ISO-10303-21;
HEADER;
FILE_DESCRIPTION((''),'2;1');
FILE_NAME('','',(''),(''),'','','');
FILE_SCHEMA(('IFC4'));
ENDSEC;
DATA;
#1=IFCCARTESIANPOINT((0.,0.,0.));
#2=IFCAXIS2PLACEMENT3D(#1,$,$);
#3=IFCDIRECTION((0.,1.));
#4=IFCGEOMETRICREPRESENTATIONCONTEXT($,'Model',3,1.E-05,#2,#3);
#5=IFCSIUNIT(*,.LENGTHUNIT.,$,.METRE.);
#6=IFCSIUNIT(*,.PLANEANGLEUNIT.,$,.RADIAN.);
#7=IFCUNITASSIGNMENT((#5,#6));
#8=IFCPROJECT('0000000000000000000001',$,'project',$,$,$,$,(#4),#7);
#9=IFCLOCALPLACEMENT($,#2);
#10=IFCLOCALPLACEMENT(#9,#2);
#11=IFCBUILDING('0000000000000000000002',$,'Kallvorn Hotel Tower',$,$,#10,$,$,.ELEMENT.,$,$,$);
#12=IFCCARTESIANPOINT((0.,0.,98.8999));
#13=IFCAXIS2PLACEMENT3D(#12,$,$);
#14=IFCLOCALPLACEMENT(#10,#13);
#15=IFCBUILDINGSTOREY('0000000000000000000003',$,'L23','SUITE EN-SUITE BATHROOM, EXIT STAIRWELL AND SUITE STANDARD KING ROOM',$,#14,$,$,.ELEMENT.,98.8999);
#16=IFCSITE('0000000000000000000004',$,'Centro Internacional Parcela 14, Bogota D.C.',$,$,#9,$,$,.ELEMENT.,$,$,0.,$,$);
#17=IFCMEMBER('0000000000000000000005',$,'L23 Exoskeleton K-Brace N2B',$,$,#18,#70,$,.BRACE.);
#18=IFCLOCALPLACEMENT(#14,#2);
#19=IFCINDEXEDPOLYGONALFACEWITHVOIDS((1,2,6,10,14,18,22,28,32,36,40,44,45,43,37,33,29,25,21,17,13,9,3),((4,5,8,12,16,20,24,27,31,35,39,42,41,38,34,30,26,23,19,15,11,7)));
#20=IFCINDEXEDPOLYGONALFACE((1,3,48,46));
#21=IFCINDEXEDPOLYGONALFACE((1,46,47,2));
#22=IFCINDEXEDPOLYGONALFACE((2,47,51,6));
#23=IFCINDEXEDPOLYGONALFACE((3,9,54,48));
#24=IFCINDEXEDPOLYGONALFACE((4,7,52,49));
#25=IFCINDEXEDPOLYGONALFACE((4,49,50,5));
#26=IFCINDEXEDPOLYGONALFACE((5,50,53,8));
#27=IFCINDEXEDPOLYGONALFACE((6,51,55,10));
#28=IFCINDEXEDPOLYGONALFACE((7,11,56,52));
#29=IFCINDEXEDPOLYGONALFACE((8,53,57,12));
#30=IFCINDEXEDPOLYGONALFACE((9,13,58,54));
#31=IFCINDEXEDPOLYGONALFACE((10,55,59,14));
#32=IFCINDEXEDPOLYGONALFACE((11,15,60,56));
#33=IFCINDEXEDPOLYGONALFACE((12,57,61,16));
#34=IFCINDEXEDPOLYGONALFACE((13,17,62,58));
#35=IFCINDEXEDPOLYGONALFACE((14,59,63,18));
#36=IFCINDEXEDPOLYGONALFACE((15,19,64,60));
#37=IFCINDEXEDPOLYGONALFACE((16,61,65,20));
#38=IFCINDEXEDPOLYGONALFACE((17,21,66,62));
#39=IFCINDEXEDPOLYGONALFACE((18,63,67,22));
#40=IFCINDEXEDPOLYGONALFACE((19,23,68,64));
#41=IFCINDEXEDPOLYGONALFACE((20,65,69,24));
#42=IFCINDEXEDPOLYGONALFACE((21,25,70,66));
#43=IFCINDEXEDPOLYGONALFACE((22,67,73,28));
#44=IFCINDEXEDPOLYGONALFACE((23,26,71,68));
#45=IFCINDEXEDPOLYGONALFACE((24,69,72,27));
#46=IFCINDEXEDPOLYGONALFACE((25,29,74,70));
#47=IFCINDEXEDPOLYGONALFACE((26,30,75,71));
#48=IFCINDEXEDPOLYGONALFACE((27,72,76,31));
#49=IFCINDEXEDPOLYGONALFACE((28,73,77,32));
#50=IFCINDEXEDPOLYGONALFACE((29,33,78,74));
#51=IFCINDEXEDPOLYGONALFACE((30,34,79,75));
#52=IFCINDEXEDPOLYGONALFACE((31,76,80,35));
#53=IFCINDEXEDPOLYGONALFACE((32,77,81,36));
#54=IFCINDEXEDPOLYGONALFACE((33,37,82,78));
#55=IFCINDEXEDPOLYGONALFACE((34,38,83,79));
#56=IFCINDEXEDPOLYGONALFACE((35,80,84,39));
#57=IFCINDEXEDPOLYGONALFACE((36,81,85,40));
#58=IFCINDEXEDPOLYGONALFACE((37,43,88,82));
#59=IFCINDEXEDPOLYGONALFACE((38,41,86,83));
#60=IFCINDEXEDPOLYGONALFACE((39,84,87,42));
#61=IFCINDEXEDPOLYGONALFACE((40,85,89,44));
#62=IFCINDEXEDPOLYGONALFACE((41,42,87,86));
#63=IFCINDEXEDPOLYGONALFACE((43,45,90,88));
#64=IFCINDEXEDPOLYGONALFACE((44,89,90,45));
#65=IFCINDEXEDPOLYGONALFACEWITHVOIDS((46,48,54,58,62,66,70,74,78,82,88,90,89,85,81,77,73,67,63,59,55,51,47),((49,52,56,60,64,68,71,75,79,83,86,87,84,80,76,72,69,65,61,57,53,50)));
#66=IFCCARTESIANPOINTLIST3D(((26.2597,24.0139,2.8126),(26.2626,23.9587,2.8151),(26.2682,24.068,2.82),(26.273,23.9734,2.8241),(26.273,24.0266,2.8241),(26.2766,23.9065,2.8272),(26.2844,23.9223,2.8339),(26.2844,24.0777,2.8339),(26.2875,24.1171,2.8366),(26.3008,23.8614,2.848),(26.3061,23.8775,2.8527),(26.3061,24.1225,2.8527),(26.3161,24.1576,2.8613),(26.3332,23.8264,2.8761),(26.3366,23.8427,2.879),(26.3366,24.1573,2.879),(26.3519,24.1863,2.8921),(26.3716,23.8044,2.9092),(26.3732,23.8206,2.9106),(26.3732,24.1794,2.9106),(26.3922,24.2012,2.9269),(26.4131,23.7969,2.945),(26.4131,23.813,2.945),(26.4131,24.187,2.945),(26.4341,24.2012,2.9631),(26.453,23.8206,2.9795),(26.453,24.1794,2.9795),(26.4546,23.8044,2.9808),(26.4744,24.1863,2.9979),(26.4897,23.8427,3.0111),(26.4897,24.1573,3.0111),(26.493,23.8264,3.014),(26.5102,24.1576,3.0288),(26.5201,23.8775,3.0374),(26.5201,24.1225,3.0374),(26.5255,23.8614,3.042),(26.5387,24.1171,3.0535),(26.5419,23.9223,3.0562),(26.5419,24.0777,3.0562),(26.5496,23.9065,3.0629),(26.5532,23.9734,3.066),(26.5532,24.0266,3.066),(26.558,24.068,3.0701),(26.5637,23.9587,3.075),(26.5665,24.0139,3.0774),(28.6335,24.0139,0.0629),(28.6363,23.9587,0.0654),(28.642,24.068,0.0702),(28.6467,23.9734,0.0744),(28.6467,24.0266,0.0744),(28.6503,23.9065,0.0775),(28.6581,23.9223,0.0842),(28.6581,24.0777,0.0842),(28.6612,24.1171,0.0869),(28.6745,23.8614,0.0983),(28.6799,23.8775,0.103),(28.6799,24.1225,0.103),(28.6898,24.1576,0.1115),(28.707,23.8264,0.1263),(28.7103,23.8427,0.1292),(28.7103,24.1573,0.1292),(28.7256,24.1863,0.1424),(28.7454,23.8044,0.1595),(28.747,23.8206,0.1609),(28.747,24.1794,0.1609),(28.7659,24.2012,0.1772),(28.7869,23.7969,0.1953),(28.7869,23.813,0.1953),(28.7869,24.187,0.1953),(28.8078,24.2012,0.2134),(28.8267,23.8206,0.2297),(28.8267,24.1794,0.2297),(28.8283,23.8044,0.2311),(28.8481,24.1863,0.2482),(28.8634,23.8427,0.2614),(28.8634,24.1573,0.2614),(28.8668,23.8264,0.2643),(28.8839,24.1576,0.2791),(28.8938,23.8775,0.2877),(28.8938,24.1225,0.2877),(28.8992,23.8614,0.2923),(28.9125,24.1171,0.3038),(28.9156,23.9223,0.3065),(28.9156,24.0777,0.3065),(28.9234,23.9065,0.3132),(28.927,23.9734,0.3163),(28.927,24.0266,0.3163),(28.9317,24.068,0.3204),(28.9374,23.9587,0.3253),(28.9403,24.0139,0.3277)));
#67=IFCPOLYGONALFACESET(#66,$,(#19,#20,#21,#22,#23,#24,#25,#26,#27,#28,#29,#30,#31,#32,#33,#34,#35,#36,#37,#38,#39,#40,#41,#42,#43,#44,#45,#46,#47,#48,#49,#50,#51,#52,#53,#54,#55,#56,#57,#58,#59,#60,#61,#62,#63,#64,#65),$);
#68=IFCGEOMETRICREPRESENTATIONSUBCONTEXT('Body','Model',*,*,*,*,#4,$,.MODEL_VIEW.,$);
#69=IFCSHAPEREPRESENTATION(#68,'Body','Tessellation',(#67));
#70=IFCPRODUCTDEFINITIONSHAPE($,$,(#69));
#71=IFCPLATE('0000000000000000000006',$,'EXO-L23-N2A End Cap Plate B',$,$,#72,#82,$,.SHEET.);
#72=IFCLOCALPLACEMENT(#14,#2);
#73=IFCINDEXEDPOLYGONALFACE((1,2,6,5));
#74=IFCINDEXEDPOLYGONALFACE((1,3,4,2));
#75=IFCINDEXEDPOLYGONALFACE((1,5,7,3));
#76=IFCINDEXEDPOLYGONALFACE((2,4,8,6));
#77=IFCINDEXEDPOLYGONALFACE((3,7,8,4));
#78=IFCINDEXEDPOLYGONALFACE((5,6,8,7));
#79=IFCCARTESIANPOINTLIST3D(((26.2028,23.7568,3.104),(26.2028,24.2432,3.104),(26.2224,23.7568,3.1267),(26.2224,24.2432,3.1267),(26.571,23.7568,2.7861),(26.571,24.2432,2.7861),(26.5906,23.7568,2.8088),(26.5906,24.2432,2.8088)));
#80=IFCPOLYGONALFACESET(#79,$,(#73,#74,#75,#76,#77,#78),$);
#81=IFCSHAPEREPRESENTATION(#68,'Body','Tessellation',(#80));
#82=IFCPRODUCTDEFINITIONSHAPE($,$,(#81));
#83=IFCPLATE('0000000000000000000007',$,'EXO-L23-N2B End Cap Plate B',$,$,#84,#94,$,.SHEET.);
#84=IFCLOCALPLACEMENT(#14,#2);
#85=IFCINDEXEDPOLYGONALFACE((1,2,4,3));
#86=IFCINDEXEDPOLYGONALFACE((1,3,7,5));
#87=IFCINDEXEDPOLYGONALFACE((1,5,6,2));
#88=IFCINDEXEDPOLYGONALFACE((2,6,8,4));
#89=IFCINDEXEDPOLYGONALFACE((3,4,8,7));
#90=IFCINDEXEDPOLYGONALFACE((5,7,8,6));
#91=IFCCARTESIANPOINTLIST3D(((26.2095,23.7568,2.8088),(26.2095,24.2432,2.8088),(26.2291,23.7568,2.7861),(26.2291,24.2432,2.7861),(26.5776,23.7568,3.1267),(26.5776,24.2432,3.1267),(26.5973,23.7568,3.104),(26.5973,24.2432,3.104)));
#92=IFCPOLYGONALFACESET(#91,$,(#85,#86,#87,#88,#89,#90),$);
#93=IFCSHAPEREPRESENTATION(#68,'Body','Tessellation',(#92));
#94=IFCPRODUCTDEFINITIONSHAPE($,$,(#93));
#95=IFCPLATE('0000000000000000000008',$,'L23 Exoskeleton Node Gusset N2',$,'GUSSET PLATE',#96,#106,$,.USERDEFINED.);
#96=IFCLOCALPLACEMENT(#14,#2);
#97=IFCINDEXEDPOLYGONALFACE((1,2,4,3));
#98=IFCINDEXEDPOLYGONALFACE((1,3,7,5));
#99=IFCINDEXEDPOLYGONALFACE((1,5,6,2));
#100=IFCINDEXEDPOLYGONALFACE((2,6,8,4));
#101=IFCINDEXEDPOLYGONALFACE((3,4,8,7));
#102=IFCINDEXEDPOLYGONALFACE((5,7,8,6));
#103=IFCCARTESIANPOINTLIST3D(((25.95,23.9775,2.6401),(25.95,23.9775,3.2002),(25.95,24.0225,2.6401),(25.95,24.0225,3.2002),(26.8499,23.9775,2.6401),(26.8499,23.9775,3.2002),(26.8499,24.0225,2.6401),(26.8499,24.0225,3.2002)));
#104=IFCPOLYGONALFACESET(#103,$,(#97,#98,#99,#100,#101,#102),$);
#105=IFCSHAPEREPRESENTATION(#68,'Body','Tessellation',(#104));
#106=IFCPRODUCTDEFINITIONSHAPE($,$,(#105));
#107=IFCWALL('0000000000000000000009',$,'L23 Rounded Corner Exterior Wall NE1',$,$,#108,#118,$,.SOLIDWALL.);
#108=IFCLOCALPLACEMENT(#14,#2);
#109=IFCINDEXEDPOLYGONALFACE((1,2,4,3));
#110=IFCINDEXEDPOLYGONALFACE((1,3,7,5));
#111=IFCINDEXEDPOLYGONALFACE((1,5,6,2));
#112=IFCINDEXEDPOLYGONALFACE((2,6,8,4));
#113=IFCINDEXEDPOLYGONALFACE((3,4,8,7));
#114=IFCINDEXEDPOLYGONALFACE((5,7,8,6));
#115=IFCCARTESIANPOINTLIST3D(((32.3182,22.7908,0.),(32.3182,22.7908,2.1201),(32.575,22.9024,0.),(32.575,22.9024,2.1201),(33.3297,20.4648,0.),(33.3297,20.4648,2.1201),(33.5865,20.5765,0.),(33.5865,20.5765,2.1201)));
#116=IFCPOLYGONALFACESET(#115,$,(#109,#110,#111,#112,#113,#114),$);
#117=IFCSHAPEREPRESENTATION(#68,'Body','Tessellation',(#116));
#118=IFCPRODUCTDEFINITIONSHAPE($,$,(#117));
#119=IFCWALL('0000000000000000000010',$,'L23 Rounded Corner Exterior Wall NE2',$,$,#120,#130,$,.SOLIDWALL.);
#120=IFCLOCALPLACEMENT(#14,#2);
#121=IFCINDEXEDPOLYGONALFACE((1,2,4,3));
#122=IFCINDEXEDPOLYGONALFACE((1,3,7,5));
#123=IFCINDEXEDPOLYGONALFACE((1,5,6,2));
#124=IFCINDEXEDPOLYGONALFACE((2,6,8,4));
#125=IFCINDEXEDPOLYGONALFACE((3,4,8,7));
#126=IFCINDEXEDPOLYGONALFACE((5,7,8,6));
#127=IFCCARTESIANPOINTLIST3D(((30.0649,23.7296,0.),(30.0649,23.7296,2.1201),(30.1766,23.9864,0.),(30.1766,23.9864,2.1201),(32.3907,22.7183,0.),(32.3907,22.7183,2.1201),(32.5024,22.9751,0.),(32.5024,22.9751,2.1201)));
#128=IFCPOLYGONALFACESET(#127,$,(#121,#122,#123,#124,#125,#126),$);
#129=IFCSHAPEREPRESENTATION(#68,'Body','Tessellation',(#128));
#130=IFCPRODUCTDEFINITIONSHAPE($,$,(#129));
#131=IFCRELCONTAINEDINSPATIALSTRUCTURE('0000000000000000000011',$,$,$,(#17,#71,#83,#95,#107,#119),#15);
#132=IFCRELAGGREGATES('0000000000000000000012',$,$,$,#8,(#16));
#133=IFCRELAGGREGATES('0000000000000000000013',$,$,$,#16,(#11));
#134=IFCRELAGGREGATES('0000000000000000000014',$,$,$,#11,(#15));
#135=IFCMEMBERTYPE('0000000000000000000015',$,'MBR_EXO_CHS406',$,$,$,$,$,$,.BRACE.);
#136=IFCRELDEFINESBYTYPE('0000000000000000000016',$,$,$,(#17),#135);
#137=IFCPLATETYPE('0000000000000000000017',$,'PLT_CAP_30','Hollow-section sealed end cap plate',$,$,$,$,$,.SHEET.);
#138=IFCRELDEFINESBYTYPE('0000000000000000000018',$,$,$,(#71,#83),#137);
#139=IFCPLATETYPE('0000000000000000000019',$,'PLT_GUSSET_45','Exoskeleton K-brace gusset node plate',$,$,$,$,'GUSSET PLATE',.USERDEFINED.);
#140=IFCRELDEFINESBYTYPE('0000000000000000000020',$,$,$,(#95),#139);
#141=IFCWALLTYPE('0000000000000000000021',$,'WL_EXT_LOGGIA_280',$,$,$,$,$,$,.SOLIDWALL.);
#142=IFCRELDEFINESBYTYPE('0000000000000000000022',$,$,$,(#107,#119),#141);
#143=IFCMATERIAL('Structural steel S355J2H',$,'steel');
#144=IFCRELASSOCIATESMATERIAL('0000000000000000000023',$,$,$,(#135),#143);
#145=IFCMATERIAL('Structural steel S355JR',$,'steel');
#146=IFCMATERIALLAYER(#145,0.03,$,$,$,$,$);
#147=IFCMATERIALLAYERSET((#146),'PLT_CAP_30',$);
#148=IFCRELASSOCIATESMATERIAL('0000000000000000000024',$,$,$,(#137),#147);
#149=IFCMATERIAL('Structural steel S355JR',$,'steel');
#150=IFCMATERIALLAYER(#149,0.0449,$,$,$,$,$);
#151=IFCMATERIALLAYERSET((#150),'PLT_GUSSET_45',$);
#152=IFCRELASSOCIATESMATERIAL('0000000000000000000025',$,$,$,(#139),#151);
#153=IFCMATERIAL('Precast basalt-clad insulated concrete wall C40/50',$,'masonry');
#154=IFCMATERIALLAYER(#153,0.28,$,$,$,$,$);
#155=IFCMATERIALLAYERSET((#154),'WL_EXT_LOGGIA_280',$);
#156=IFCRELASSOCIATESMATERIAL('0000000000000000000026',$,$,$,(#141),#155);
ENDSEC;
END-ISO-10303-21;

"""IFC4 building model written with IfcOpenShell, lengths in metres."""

from ifc_helpers import new_model, si_unit, direction, frame, frame_2d, origin, origin_2d, place, context, subcontext, project, spatial, polyline, rectangle, hollow_circle, outline, extrude, material, layer, layer_set, material_profile, profile_set, type_object, element, save


model = new_model("IFC4")

# Units and contexts
model_context = context("Model", 3, precision=1e-05, world=origin(), true_north=direction((0.0, 1.0)))
body_context = subcontext(model_context, "Body", "Model", "MODEL_VIEW")
ifc_project = project(units=[si_unit("LENGTHUNIT", "METRE"), si_unit("PLANEANGLEUNIT", "RADIAN")], contexts=[model_context])

# Site, building, storey
site_placement = place(None, origin())
site = spatial("IfcSite", under=ifc_project, at=site_placement, Name="Centro Internacional Parcela 14, Bogota D.C.", CompositionType="ELEMENT", RefElevation=0.0)
building_placement = place(site_placement, origin())
building = spatial("IfcBuilding", under=site, at=building_placement, Name="Kallvorn Hotel Tower", CompositionType="ELEMENT")
storey_placement = place(building_placement, frame((0.0, 0.0, 98.8999)))
storey = spatial("IfcBuildingStorey", under=building, at=storey_placement, Name="L23", Description="SUITE EN-SUITE BATHROOM, EXIT STAIRWELL AND SUITE STANDARD KING ROOM", CompositionType="ELEMENT", Elevation=98.8999)

# Member
ifc_material_1 = material(Name="Structural steel S355J2H", Category="steel")
ifc_material_profile_1 = material_profile(ifc_material_1, hollow_circle(Radius=0.2031, WallThickness=0.0161, at=origin_2d()), Name="CHS 406.4x16")
ifc_profile_set_1 = profile_set([ifc_material_profile_1], Name="Structural steel S355J2H")
member_type_1 = type_object("IfcMemberType", Name="MBR_EXO_CHS406", PredefinedType="BRACE", material=ifc_profile_set_1)
for number, where, z_axis, x_axis, name in (
    (1, (28.7869, 24.0, 0.1953), (-0.653461, 0.0, 0.756961), (0.0, -1.0, 0.0), "L23 Exoskeleton K-Brace N2B"),
):
    element("IfcMember", number, at=place(storey_placement, frame(where, z_axis=z_axis, x_axis=x_axis)), inside=storey, type_object=member_type_1, Name=name, PredefinedType="BRACE", context=body_context, shape_type="SweptSolid", body=[
        extrude(hollow_circle(Radius=0.2031, WallThickness=0.0161, at=origin_2d()), origin(), (0.0, 0.0, 1.0), 3.6326),
    ])

# Plates
ifc_material_2 = material(Name="Structural steel S355JR", Category="steel")
ifc_layer_1 = layer(ifc_material_2, 0.03)
ifc_layer_set_1 = layer_set([ifc_layer_1], Name="PLT_CAP_30")
plate_type_1 = type_object("IfcPlateType", Name="PLT_CAP_30", Description="Hollow-section sealed end cap plate", PredefinedType="SHEET", material=ifc_layer_set_1)
for number, where, z_axis, x_axis, name in (
    (2, (26.5906, 23.7568, 2.8088), (0.653515, 0.0, 0.756913), (0.0, 1.0, 0.0), "EXO-L23-N2A End Cap Plate B"),
    (3, (26.2095, 24.2432, 2.8088), (-0.653515, 0.0, 0.756913), (0.0, -1.0, 0.0), "EXO-L23-N2B End Cap Plate B"),
):
    element("IfcPlate", number, at=place(storey_placement, frame(where, z_axis=z_axis, x_axis=x_axis)), inside=storey, type_object=plate_type_1, Name=name, PredefinedType="SHEET", context=body_context, shape_type="SweptSolid", body=[
        extrude(outline(polyline([(0.0, 0.0), (0.4863, 0.0), (0.4863, 0.4864), (0.0, 0.4864), (0.0, 0.0)])), origin(), (0.0, 0.0, -1.0), 0.03),
    ])
ifc_material_3 = material(Name="Structural steel S355JR", Category="steel")
ifc_layer_2 = layer(ifc_material_3, 0.0449)
ifc_layer_set_2 = layer_set([ifc_layer_2], Name="PLT_GUSSET_45")
plate_type_2 = type_object("IfcPlateType", Name="PLT_GUSSET_45", Description="Exoskeleton K-brace gusset node plate", ElementType="GUSSET PLATE", PredefinedType="USERDEFINED", material=ifc_layer_set_2)
plate_placement = place(storey_placement, frame((26.3999, 24.0, 2.6401), z_axis=(0.0, 0.0, 1.0), x_axis=(1.0, 0.0, 0.0)))
element("IfcPlate", 4, at=plate_placement, inside=storey, type_object=plate_type_2, Name="L23 Exoskeleton Node Gusset N2", ObjectType="GUSSET PLATE", PredefinedType="USERDEFINED", context=body_context, shape_type="SweptSolid", body=[
    extrude(rectangle(XDim=0.8999, YDim=0.0449, at=origin_2d()), origin(), (0.0, 0.0, 1.0), 0.5601),
])

# Walls
ifc_material_4 = material(Name="Precast basalt-clad insulated concrete wall C40/50", Category="masonry")
ifc_layer_3 = layer(ifc_material_4, 0.28)
ifc_layer_set_3 = layer_set([ifc_layer_3], Name="WL_EXT_LOGGIA_280")
wall_type = type_object("IfcWallType", Name="WL_EXT_LOGGIA_280", PredefinedType="SOLIDWALL", material=ifc_layer_set_3)
wall_1_placement = place(storey_placement, frame((33.458, 20.5208, 0.0), z_axis=(0.0, 0.0, 1.0), x_axis=(-0.398793, 0.917041, 0.0)))
element("IfcWall", 5, at=wall_1_placement, inside=storey, type_object=wall_type, Name="L23 Rounded Corner Exterior Wall NE1", PredefinedType="SOLIDWALL", context=body_context, shape_type="SweptSolid", body=[
    extrude(rectangle(XDim=2.5364, YDim=0.28, at=frame_2d((1.2681, 0.0))), origin(), (0.0, 0.0, 1.0), 2.1201),
])
wall_2_placement = place(storey_placement, frame((32.4465, 22.8467, 0.0), z_axis=(0.0, 0.0, 1.0), x_axis=(-0.917061, 0.398747, 0.0)))
element("IfcWall", 6, at=wall_2_placement, inside=storey, type_object=wall_type, Name="L23 Rounded Corner Exterior Wall NE2", PredefinedType="SOLIDWALL", context=body_context, shape_type="SweptSolid", body=[
    extrude(rectangle(XDim=2.5361, YDim=0.28, at=frame_2d((1.2681, 0.0))), origin(), (0.0, 0.0, 1.0), 2.1201),
])

save(model, "model.ifc")
